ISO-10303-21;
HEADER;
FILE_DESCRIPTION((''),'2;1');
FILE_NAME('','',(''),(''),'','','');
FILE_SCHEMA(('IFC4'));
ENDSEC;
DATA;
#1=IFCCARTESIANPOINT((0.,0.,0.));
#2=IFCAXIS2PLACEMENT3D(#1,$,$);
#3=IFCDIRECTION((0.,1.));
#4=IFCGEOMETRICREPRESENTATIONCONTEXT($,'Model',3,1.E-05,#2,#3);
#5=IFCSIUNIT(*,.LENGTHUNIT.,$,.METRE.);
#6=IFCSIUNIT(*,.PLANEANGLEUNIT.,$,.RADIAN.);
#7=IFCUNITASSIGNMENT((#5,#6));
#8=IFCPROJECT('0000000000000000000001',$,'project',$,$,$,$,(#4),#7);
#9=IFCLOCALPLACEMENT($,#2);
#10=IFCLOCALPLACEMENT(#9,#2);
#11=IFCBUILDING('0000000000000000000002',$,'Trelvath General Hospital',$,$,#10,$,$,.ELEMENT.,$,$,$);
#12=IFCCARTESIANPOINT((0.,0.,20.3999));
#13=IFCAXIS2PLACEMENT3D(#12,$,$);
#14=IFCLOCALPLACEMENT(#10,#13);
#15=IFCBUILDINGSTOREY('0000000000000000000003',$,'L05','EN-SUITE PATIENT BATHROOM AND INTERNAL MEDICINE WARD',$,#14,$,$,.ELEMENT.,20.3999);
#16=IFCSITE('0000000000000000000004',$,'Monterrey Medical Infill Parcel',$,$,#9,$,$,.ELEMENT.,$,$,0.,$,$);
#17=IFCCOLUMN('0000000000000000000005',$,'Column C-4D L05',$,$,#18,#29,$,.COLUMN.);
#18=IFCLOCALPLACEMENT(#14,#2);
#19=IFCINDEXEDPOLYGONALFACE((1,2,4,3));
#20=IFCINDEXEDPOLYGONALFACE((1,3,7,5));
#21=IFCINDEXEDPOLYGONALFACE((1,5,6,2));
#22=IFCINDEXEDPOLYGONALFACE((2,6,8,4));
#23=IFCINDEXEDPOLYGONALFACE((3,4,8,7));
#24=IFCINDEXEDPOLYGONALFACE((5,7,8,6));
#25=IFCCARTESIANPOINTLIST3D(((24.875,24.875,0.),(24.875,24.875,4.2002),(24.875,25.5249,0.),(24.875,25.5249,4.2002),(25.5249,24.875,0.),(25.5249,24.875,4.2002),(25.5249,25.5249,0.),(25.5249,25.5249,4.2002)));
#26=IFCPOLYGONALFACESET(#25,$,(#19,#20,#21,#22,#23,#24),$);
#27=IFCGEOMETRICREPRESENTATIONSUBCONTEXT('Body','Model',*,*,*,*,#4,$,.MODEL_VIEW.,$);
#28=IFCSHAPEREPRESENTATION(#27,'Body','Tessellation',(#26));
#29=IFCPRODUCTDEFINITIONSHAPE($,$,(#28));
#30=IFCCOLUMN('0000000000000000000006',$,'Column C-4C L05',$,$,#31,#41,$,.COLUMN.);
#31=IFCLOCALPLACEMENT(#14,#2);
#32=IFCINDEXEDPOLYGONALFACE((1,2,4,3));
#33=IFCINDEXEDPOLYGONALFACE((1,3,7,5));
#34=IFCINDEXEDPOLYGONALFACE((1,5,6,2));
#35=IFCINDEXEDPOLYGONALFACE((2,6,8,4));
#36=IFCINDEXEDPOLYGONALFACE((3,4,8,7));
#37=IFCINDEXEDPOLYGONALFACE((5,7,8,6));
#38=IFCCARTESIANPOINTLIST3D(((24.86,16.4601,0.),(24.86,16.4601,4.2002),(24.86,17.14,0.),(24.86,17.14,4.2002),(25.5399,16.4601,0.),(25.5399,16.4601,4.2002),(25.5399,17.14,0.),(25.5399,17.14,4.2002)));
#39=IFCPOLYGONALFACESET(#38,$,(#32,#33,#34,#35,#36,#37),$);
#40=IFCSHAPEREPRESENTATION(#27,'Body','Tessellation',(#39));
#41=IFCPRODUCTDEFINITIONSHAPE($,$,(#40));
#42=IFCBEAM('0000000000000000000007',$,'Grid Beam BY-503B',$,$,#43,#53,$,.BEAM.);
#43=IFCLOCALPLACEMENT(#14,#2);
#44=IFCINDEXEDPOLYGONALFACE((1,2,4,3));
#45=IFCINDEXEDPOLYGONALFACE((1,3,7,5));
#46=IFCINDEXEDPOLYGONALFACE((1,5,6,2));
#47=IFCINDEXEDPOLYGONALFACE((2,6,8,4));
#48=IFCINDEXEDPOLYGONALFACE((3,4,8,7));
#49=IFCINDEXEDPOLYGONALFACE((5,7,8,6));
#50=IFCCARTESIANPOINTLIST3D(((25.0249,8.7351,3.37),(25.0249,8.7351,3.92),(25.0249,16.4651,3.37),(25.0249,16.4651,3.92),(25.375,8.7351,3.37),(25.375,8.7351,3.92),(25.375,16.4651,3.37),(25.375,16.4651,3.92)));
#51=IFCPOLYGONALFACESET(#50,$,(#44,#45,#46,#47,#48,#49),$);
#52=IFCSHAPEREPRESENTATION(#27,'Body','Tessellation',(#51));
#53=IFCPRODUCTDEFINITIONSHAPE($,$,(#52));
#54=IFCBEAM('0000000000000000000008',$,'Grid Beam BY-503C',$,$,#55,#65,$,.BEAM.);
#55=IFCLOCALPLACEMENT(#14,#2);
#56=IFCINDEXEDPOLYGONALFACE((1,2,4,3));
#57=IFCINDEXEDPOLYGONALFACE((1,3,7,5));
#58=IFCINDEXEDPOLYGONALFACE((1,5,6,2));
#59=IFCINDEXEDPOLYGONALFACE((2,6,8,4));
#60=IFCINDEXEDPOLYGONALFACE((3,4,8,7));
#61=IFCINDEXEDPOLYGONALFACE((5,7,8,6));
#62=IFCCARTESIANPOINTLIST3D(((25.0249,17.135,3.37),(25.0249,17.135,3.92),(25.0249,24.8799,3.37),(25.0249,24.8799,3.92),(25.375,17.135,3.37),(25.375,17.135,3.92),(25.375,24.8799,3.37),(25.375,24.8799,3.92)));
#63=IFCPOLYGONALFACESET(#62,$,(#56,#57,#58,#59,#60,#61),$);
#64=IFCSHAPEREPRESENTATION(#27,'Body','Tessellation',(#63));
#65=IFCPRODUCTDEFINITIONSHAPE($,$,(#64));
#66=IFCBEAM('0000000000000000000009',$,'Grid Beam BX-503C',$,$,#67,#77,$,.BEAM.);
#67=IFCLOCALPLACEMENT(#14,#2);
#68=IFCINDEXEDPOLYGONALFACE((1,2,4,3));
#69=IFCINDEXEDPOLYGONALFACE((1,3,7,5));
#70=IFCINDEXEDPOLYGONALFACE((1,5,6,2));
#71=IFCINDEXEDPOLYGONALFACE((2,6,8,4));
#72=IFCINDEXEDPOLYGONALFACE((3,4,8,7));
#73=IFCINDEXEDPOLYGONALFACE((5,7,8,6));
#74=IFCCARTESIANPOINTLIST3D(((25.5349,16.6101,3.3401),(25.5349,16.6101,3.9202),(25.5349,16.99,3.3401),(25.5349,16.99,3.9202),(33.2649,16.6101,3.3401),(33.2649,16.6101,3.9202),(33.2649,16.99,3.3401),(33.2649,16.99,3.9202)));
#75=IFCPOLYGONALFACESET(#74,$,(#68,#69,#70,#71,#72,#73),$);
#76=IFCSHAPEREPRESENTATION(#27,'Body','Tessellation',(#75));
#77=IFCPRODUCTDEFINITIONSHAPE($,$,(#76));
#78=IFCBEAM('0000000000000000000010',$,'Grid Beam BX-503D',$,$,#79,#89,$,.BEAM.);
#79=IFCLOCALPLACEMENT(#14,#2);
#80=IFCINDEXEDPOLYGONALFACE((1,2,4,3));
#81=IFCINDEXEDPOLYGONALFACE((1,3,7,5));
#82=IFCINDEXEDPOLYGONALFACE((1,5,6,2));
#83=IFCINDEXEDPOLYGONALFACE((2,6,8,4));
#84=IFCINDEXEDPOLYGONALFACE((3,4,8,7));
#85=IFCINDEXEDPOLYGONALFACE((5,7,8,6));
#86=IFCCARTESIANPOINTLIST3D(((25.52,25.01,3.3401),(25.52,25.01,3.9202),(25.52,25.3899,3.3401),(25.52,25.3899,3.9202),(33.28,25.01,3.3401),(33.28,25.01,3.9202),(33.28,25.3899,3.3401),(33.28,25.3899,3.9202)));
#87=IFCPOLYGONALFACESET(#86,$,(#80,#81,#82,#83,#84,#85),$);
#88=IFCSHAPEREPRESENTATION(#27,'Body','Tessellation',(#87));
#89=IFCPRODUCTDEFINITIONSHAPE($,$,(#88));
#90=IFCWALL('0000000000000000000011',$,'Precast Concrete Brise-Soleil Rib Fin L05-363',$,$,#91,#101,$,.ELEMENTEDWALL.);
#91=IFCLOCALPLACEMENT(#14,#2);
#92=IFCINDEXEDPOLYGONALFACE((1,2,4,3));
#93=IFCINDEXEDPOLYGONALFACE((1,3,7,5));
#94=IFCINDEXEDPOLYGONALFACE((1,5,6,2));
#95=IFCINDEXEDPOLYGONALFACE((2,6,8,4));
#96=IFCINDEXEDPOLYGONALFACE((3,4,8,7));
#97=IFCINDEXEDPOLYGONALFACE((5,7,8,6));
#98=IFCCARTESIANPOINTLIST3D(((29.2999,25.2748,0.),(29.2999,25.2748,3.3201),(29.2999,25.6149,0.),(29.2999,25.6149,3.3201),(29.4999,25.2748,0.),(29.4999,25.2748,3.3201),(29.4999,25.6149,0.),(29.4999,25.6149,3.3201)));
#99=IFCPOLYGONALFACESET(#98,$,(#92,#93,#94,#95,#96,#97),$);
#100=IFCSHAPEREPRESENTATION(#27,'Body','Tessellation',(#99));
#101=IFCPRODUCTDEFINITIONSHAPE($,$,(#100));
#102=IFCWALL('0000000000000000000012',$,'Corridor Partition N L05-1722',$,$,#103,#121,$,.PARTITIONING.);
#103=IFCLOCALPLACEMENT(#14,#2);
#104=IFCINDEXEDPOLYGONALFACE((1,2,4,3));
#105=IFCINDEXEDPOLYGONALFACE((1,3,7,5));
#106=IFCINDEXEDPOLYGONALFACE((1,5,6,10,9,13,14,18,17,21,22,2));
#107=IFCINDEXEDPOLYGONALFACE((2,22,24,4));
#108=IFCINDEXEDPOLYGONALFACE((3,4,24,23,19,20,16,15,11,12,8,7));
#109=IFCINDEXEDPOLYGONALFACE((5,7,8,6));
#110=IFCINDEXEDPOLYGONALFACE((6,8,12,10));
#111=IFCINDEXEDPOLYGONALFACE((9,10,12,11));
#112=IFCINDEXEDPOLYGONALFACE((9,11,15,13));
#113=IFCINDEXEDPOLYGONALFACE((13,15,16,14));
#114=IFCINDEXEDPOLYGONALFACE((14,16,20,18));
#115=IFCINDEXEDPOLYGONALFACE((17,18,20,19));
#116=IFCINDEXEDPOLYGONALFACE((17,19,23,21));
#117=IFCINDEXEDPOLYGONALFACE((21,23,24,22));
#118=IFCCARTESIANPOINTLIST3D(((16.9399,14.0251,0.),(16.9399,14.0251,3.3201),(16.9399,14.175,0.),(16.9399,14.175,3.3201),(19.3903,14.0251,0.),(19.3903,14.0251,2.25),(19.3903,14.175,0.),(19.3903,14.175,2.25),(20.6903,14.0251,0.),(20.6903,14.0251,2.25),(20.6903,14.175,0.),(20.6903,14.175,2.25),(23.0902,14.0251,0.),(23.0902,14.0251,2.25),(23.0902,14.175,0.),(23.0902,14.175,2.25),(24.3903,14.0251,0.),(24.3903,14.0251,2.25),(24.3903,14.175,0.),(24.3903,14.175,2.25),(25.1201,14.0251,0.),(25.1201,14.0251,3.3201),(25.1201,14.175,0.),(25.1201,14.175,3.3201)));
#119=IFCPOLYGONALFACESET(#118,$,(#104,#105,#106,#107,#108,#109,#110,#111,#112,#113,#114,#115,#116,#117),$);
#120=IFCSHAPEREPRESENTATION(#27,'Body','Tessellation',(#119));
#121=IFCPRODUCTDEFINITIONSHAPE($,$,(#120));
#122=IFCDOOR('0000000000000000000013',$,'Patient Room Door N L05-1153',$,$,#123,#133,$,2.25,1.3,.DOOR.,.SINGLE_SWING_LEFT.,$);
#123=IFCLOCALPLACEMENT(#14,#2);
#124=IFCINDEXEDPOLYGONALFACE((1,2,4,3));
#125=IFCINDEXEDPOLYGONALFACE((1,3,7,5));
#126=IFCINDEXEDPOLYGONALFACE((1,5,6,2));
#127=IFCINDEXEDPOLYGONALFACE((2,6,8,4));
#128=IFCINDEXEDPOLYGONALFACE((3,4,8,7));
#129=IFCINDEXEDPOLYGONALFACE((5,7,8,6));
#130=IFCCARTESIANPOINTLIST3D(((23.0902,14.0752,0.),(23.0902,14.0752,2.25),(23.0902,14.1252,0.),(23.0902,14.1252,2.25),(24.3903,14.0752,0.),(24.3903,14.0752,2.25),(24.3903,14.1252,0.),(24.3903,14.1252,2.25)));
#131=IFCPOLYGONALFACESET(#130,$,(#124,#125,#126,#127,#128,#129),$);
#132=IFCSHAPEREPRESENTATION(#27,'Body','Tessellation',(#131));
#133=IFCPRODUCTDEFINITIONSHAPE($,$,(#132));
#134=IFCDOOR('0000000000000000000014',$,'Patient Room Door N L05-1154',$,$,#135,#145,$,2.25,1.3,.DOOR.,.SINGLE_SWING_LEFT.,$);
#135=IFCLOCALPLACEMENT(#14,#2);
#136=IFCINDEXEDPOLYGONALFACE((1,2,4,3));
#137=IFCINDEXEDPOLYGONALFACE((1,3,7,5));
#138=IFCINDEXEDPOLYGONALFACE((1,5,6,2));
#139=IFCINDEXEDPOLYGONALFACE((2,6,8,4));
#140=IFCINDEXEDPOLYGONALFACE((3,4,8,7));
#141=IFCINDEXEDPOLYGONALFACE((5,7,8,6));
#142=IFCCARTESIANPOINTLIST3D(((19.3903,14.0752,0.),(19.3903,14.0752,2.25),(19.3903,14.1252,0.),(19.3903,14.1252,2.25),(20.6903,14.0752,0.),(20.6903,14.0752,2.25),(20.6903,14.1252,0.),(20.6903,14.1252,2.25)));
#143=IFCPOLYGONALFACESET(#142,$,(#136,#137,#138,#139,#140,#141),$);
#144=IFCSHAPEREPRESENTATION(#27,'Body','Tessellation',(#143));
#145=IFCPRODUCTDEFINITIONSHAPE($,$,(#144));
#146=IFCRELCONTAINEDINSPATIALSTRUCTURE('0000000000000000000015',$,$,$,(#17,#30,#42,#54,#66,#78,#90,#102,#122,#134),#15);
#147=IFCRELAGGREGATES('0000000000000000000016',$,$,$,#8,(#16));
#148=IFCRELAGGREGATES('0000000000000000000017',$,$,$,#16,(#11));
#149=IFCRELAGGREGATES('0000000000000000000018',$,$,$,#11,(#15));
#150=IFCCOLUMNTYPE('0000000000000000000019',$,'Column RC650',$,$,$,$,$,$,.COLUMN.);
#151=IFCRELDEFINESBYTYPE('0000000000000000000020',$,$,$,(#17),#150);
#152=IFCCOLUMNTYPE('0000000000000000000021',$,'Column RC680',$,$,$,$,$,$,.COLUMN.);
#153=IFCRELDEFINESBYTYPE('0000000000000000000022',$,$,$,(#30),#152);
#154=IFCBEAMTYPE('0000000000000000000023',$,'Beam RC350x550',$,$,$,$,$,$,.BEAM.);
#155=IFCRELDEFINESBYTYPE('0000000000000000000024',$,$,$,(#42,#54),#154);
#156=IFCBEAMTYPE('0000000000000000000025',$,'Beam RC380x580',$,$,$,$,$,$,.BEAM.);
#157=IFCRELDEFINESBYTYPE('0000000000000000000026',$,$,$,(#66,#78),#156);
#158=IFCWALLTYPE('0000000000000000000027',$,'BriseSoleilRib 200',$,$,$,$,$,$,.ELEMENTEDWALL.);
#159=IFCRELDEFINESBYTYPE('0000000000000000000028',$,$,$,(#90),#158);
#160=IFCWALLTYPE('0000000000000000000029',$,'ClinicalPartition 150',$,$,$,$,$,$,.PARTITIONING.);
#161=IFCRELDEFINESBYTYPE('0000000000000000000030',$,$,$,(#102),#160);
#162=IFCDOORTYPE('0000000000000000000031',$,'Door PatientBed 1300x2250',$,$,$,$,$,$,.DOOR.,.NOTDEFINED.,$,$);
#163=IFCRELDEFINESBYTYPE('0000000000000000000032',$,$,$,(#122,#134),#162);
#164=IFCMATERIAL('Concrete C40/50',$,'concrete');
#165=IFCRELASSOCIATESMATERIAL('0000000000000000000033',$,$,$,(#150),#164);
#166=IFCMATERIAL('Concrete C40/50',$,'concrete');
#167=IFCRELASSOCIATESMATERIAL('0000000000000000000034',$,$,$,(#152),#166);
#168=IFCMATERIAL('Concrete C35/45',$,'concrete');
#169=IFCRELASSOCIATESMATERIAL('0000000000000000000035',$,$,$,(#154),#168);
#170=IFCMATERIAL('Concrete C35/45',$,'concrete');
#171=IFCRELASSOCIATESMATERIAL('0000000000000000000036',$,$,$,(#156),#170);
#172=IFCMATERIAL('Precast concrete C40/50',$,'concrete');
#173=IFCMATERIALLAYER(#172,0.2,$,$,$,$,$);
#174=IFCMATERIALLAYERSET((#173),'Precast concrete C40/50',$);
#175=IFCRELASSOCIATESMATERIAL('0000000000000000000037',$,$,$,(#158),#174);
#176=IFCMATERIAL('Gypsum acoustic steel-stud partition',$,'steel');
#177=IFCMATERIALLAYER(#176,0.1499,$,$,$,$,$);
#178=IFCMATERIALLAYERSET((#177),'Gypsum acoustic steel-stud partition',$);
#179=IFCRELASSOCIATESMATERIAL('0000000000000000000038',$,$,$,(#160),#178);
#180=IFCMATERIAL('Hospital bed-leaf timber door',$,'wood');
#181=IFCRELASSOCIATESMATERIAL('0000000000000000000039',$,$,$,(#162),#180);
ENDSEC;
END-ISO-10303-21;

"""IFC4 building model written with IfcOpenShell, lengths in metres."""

from ifc_helpers import new_model, si_unit, direction, frame, frame_2d, origin, origin_2d, place, context, subcontext, project, spatial, rectangle, extrude, material, layer, layer_set, material_profile, profile_set, type_object, element, fill, save


model = new_model("IFC4")

# Units and contexts
model_context = context("Model", 3, precision=1e-05, world=origin(), true_north=direction((0.0, 1.0)))
body_context = subcontext(model_context, "Body", "Model", "MODEL_VIEW")
ifc_project = project(units=[si_unit("LENGTHUNIT", "METRE"), si_unit("PLANEANGLEUNIT", "RADIAN")], contexts=[model_context])

# Site, building, storey
site_placement = place(None, origin())
site = spatial("IfcSite", under=ifc_project, at=site_placement, Name="Monterrey Medical Infill Parcel", CompositionType="ELEMENT", RefElevation=0.0)
building_placement = place(site_placement, origin())
building = spatial("IfcBuilding", under=site, at=building_placement, Name="Trelvath General Hospital", CompositionType="ELEMENT")
storey_placement = place(building_placement, frame((0.0, 0.0, 20.3999)))
storey = spatial("IfcBuildingStorey", under=building, at=storey_placement, Name="L05", Description="EN-SUITE PATIENT BATHROOM AND INTERNAL MEDICINE WARD", CompositionType="ELEMENT", Elevation=20.3999)

# Columns
ifc_material_1 = material(Name="Concrete C40/50", Category="concrete")
ifc_material_profile_1 = material_profile(ifc_material_1, rectangle(XDim=0.6499, YDim=0.6499, at=origin_2d()), Name="RC650x650")
ifc_profile_set_1 = profile_set([ifc_material_profile_1], Name="Concrete C40/50")
column_type_1 = type_object("IfcColumnType", Name="Column RC650", PredefinedType="COLUMN", material=ifc_profile_set_1)
column_1_placement = place(storey_placement, frame((25.2, 25.2, 0.0), z_axis=(0.0, 0.0, 1.0), x_axis=(1.0, 0.0, 0.0)))
element("IfcColumn", 1, at=column_1_placement, inside=storey, type_object=column_type_1, Name="Column C-4D L05", PredefinedType="COLUMN", context=body_context, shape_type="SweptSolid", body=[
    extrude(rectangle(XDim=0.6499, YDim=0.6499, at=origin_2d()), origin(), (0.0, 0.0, 1.0), 4.2002),
])
ifc_material_2 = material(Name="Concrete C40/50", Category="concrete")
ifc_material_profile_2 = material_profile(ifc_material_2, rectangle(XDim=0.6799, YDim=0.6799, at=origin_2d()), Name="RC680x680")
ifc_profile_set_2 = profile_set([ifc_material_profile_2], Name="Concrete C40/50")
column_type_2 = type_object("IfcColumnType", Name="Column RC680", PredefinedType="COLUMN", material=ifc_profile_set_2)
column_2_placement = place(storey_placement, frame((25.2, 16.8, 0.0), z_axis=(0.0, 0.0, 1.0), x_axis=(1.0, 0.0, 0.0)))
element("IfcColumn", 2, at=column_2_placement, inside=storey, type_object=column_type_2, Name="Column C-4C L05", PredefinedType="COLUMN", context=body_context, shape_type="SweptSolid", body=[
    extrude(rectangle(XDim=0.6799, YDim=0.6799, at=origin_2d()), origin(), (0.0, 0.0, 1.0), 4.2002),
])

# Beams
ifc_material_3 = material(Name="Concrete C35/45", Category="concrete")
ifc_material_profile_3 = material_profile(ifc_material_3, rectangle(XDim=0.3501, YDim=0.55, at=origin_2d()), Name="RCB350x550")
ifc_profile_set_3 = profile_set([ifc_material_profile_3], Name="Concrete C35/45")
beam_type_1 = type_object("IfcBeamType", Name="Beam RC350x550", PredefinedType="BEAM", material=ifc_profile_set_3)
beam_1_placement = place(storey_placement, frame((25.2, 8.7351, 3.645), z_axis=(0.0, 1.0, 0.0), x_axis=(-1.0, 0.0, 0.0)))
element("IfcBeam", 3, at=beam_1_placement, inside=storey, type_object=beam_type_1, Name="Grid Beam BY-503B", PredefinedType="BEAM", context=body_context, shape_type="SweptSolid", body=[
    extrude(rectangle(XDim=0.3501, YDim=0.55, at=origin_2d()), origin(), (0.0, 0.0, 1.0), 7.73),
])
beam_2_placement = place(storey_placement, frame((25.2, 17.135, 3.645), z_axis=(0.0, 1.0, 0.0), x_axis=(-1.0, 0.0, 0.0)))
element("IfcBeam", 4, at=beam_2_placement, inside=storey, type_object=beam_type_1, Name="Grid Beam BY-503C", PredefinedType="BEAM", context=body_context, shape_type="SweptSolid", body=[
    extrude(rectangle(XDim=0.3501, YDim=0.55, at=origin_2d()), origin(), (0.0, 0.0, 1.0), 7.7449),
])
ifc_material_4 = material(Name="Concrete C35/45", Category="concrete")
ifc_material_profile_4 = material_profile(ifc_material_4, rectangle(XDim=0.3799, YDim=0.5801, at=origin_2d()), Name="RCB380x580")
ifc_profile_set_4 = profile_set([ifc_material_profile_4], Name="Concrete C35/45")
beam_type_2 = type_object("IfcBeamType", Name="Beam RC380x580", PredefinedType="BEAM", material=ifc_profile_set_4)
beam_3_placement = place(storey_placement, frame((25.5349, 16.8, 3.6301), z_axis=(1.0, 0.0, 0.0), x_axis=(0.0, 1.0, 0.0)))
element("IfcBeam", 5, at=beam_3_placement, inside=storey, type_object=beam_type_2, Name="Grid Beam BX-503C", PredefinedType="BEAM", context=body_context, shape_type="SweptSolid", body=[
    extrude(rectangle(XDim=0.3799, YDim=0.5801, at=origin_2d()), origin(), (0.0, 0.0, 1.0), 7.73),
])
beam_4_placement = place(storey_placement, frame((25.52, 25.2, 3.6301), z_axis=(1.0, 0.0, 0.0), x_axis=(0.0, 1.0, 0.0)))
element("IfcBeam", 6, at=beam_4_placement, inside=storey, type_object=beam_type_2, Name="Grid Beam BX-503D", PredefinedType="BEAM", context=body_context, shape_type="SweptSolid", body=[
    extrude(rectangle(XDim=0.3799, YDim=0.5801, at=origin_2d()), origin(), (0.0, 0.0, 1.0), 7.76),
])

# Wall
ifc_material_5 = material(Name="Precast concrete C40/50", Category="concrete")
ifc_layer_1 = layer(ifc_material_5, 0.2)
ifc_layer_set_1 = layer_set([ifc_layer_1], Name="Precast concrete C40/50")
wall_type_1 = type_object("IfcWallType", Name="BriseSoleilRib 200", PredefinedType="ELEMENTEDWALL", material=ifc_layer_set_1)
wall_1_placement = place(storey_placement, frame((29.3999, 25.2749, 0.0), z_axis=(0.0, 0.0, 1.0), x_axis=(0.0, 1.0, 0.0)))
element("IfcWall", 7, at=wall_1_placement, inside=storey, type_object=wall_type_1, Name="Precast Concrete Brise-Soleil Rib Fin L05-363", PredefinedType="ELEMENTEDWALL", context=body_context, shape_type="SweptSolid", body=[
    extrude(rectangle(XDim=0.3401, YDim=0.2, at=frame_2d((0.1699, 0.0))), origin(), (0.0, 0.0, 1.0), 3.3201),
])

# Wall, openings, doors
ifc_material_6 = material(Name="Gypsum acoustic steel-stud partition", Category="steel")
ifc_layer_2 = layer(ifc_material_6, 0.1499)
ifc_layer_set_2 = layer_set([ifc_layer_2], Name="Gypsum acoustic steel-stud partition")
wall_type_2 = type_object("IfcWallType", Name="ClinicalPartition 150", PredefinedType="PARTITIONING", material=ifc_layer_set_2)
wall_2_placement = place(storey_placement, frame((25.1201, 14.1001, 0.0), z_axis=(0.0, 0.0, 1.0), x_axis=(-1.0, 0.0, 0.0)))
wall_2 = element("IfcWall", 8, at=wall_2_placement, inside=storey, type_object=wall_type_2, Name="Corridor Partition N L05-1722", PredefinedType="PARTITIONING", context=body_context, shape_type="SweptSolid", body=[
    extrude(rectangle(XDim=8.1802, YDim=0.1499, at=frame_2d((4.0901, 0.0))), origin(), (0.0, 0.0, 1.0), 3.3201),
])
opening_1_placement = place(wall_2_placement, frame((0.73, 0.0, 0.0)))
opening_1 = element("IfcOpeningElement", 9, at=opening_1_placement, cuts=wall_2, PredefinedType="OPENING", context=body_context, shape_type="SweptSolid", body=[
    extrude(rectangle(XDim=1.3, YDim=2.25, at=frame_2d((0.6499, 1.125))), frame((0.0, 0.085, 0.0), z_axis=(0.0, -1.0, 0.0), x_axis=(1.0, 0.0, 0.0)), (0.0, 0.0, 1.0), 0.1699),
])
opening_2_placement = place(wall_2_placement, frame((4.4299, 0.0, 0.0)))
opening_2 = element("IfcOpeningElement", 10, at=opening_2_placement, cuts=wall_2, PredefinedType="OPENING", context=body_context, shape_type="SweptSolid", body=[
    extrude(rectangle(XDim=1.3, YDim=2.25, at=frame_2d((0.6499, 1.125))), frame((0.0, 0.085, 0.0), z_axis=(0.0, -1.0, 0.0), x_axis=(1.0, 0.0, 0.0)), (0.0, 0.0, 1.0), 0.1699),
])
ifc_material_7 = material(Name="Hospital bed-leaf timber door", Category="wood")
door_type_1 = type_object("IfcDoorType", Name="Door PatientBed 1300x2250", OperationType="NOTDEFINED", PredefinedType="DOOR", material=ifc_material_7)
door_1_placement = place(opening_1_placement, origin())
door_1 = element("IfcDoor", 11, at=door_1_placement, inside=storey, type_object=door_type_1, Name="Patient Room Door N L05-1153", OperationType="SINGLE_SWING_LEFT", OverallHeight=2.25, OverallWidth=1.3, PredefinedType="DOOR", context=body_context, shape_type="SweptSolid", body=[
    extrude(rectangle(XDim=1.3, YDim=2.25, at=frame_2d((0.6499, 1.125))), frame((0.0, 0.0249, 0.0), z_axis=(0.0, -1.0, 0.0), x_axis=(1.0, 0.0, 0.0)), (0.0, 0.0, 1.0), 0.05),
])
fill(opening_1, door_1)
door_2_placement = place(opening_2_placement, origin())
door_2 = element("IfcDoor", 12, at=door_2_placement, inside=storey, type_object=door_type_1, Name="Patient Room Door N L05-1154", OperationType="SINGLE_SWING_LEFT", OverallHeight=2.25, OverallWidth=1.3, PredefinedType="DOOR", context=body_context, shape_type="SweptSolid", body=[
    extrude(rectangle(XDim=1.3, YDim=2.25, at=frame_2d((0.6499, 1.125))), frame((0.0, 0.0249, 0.0), z_axis=(0.0, -1.0, 0.0), x_axis=(1.0, 0.0, 0.0)), (0.0, 0.0, 1.0), 0.05),
])
fill(opening_2, door_2)

save(model, "model.ifc")
